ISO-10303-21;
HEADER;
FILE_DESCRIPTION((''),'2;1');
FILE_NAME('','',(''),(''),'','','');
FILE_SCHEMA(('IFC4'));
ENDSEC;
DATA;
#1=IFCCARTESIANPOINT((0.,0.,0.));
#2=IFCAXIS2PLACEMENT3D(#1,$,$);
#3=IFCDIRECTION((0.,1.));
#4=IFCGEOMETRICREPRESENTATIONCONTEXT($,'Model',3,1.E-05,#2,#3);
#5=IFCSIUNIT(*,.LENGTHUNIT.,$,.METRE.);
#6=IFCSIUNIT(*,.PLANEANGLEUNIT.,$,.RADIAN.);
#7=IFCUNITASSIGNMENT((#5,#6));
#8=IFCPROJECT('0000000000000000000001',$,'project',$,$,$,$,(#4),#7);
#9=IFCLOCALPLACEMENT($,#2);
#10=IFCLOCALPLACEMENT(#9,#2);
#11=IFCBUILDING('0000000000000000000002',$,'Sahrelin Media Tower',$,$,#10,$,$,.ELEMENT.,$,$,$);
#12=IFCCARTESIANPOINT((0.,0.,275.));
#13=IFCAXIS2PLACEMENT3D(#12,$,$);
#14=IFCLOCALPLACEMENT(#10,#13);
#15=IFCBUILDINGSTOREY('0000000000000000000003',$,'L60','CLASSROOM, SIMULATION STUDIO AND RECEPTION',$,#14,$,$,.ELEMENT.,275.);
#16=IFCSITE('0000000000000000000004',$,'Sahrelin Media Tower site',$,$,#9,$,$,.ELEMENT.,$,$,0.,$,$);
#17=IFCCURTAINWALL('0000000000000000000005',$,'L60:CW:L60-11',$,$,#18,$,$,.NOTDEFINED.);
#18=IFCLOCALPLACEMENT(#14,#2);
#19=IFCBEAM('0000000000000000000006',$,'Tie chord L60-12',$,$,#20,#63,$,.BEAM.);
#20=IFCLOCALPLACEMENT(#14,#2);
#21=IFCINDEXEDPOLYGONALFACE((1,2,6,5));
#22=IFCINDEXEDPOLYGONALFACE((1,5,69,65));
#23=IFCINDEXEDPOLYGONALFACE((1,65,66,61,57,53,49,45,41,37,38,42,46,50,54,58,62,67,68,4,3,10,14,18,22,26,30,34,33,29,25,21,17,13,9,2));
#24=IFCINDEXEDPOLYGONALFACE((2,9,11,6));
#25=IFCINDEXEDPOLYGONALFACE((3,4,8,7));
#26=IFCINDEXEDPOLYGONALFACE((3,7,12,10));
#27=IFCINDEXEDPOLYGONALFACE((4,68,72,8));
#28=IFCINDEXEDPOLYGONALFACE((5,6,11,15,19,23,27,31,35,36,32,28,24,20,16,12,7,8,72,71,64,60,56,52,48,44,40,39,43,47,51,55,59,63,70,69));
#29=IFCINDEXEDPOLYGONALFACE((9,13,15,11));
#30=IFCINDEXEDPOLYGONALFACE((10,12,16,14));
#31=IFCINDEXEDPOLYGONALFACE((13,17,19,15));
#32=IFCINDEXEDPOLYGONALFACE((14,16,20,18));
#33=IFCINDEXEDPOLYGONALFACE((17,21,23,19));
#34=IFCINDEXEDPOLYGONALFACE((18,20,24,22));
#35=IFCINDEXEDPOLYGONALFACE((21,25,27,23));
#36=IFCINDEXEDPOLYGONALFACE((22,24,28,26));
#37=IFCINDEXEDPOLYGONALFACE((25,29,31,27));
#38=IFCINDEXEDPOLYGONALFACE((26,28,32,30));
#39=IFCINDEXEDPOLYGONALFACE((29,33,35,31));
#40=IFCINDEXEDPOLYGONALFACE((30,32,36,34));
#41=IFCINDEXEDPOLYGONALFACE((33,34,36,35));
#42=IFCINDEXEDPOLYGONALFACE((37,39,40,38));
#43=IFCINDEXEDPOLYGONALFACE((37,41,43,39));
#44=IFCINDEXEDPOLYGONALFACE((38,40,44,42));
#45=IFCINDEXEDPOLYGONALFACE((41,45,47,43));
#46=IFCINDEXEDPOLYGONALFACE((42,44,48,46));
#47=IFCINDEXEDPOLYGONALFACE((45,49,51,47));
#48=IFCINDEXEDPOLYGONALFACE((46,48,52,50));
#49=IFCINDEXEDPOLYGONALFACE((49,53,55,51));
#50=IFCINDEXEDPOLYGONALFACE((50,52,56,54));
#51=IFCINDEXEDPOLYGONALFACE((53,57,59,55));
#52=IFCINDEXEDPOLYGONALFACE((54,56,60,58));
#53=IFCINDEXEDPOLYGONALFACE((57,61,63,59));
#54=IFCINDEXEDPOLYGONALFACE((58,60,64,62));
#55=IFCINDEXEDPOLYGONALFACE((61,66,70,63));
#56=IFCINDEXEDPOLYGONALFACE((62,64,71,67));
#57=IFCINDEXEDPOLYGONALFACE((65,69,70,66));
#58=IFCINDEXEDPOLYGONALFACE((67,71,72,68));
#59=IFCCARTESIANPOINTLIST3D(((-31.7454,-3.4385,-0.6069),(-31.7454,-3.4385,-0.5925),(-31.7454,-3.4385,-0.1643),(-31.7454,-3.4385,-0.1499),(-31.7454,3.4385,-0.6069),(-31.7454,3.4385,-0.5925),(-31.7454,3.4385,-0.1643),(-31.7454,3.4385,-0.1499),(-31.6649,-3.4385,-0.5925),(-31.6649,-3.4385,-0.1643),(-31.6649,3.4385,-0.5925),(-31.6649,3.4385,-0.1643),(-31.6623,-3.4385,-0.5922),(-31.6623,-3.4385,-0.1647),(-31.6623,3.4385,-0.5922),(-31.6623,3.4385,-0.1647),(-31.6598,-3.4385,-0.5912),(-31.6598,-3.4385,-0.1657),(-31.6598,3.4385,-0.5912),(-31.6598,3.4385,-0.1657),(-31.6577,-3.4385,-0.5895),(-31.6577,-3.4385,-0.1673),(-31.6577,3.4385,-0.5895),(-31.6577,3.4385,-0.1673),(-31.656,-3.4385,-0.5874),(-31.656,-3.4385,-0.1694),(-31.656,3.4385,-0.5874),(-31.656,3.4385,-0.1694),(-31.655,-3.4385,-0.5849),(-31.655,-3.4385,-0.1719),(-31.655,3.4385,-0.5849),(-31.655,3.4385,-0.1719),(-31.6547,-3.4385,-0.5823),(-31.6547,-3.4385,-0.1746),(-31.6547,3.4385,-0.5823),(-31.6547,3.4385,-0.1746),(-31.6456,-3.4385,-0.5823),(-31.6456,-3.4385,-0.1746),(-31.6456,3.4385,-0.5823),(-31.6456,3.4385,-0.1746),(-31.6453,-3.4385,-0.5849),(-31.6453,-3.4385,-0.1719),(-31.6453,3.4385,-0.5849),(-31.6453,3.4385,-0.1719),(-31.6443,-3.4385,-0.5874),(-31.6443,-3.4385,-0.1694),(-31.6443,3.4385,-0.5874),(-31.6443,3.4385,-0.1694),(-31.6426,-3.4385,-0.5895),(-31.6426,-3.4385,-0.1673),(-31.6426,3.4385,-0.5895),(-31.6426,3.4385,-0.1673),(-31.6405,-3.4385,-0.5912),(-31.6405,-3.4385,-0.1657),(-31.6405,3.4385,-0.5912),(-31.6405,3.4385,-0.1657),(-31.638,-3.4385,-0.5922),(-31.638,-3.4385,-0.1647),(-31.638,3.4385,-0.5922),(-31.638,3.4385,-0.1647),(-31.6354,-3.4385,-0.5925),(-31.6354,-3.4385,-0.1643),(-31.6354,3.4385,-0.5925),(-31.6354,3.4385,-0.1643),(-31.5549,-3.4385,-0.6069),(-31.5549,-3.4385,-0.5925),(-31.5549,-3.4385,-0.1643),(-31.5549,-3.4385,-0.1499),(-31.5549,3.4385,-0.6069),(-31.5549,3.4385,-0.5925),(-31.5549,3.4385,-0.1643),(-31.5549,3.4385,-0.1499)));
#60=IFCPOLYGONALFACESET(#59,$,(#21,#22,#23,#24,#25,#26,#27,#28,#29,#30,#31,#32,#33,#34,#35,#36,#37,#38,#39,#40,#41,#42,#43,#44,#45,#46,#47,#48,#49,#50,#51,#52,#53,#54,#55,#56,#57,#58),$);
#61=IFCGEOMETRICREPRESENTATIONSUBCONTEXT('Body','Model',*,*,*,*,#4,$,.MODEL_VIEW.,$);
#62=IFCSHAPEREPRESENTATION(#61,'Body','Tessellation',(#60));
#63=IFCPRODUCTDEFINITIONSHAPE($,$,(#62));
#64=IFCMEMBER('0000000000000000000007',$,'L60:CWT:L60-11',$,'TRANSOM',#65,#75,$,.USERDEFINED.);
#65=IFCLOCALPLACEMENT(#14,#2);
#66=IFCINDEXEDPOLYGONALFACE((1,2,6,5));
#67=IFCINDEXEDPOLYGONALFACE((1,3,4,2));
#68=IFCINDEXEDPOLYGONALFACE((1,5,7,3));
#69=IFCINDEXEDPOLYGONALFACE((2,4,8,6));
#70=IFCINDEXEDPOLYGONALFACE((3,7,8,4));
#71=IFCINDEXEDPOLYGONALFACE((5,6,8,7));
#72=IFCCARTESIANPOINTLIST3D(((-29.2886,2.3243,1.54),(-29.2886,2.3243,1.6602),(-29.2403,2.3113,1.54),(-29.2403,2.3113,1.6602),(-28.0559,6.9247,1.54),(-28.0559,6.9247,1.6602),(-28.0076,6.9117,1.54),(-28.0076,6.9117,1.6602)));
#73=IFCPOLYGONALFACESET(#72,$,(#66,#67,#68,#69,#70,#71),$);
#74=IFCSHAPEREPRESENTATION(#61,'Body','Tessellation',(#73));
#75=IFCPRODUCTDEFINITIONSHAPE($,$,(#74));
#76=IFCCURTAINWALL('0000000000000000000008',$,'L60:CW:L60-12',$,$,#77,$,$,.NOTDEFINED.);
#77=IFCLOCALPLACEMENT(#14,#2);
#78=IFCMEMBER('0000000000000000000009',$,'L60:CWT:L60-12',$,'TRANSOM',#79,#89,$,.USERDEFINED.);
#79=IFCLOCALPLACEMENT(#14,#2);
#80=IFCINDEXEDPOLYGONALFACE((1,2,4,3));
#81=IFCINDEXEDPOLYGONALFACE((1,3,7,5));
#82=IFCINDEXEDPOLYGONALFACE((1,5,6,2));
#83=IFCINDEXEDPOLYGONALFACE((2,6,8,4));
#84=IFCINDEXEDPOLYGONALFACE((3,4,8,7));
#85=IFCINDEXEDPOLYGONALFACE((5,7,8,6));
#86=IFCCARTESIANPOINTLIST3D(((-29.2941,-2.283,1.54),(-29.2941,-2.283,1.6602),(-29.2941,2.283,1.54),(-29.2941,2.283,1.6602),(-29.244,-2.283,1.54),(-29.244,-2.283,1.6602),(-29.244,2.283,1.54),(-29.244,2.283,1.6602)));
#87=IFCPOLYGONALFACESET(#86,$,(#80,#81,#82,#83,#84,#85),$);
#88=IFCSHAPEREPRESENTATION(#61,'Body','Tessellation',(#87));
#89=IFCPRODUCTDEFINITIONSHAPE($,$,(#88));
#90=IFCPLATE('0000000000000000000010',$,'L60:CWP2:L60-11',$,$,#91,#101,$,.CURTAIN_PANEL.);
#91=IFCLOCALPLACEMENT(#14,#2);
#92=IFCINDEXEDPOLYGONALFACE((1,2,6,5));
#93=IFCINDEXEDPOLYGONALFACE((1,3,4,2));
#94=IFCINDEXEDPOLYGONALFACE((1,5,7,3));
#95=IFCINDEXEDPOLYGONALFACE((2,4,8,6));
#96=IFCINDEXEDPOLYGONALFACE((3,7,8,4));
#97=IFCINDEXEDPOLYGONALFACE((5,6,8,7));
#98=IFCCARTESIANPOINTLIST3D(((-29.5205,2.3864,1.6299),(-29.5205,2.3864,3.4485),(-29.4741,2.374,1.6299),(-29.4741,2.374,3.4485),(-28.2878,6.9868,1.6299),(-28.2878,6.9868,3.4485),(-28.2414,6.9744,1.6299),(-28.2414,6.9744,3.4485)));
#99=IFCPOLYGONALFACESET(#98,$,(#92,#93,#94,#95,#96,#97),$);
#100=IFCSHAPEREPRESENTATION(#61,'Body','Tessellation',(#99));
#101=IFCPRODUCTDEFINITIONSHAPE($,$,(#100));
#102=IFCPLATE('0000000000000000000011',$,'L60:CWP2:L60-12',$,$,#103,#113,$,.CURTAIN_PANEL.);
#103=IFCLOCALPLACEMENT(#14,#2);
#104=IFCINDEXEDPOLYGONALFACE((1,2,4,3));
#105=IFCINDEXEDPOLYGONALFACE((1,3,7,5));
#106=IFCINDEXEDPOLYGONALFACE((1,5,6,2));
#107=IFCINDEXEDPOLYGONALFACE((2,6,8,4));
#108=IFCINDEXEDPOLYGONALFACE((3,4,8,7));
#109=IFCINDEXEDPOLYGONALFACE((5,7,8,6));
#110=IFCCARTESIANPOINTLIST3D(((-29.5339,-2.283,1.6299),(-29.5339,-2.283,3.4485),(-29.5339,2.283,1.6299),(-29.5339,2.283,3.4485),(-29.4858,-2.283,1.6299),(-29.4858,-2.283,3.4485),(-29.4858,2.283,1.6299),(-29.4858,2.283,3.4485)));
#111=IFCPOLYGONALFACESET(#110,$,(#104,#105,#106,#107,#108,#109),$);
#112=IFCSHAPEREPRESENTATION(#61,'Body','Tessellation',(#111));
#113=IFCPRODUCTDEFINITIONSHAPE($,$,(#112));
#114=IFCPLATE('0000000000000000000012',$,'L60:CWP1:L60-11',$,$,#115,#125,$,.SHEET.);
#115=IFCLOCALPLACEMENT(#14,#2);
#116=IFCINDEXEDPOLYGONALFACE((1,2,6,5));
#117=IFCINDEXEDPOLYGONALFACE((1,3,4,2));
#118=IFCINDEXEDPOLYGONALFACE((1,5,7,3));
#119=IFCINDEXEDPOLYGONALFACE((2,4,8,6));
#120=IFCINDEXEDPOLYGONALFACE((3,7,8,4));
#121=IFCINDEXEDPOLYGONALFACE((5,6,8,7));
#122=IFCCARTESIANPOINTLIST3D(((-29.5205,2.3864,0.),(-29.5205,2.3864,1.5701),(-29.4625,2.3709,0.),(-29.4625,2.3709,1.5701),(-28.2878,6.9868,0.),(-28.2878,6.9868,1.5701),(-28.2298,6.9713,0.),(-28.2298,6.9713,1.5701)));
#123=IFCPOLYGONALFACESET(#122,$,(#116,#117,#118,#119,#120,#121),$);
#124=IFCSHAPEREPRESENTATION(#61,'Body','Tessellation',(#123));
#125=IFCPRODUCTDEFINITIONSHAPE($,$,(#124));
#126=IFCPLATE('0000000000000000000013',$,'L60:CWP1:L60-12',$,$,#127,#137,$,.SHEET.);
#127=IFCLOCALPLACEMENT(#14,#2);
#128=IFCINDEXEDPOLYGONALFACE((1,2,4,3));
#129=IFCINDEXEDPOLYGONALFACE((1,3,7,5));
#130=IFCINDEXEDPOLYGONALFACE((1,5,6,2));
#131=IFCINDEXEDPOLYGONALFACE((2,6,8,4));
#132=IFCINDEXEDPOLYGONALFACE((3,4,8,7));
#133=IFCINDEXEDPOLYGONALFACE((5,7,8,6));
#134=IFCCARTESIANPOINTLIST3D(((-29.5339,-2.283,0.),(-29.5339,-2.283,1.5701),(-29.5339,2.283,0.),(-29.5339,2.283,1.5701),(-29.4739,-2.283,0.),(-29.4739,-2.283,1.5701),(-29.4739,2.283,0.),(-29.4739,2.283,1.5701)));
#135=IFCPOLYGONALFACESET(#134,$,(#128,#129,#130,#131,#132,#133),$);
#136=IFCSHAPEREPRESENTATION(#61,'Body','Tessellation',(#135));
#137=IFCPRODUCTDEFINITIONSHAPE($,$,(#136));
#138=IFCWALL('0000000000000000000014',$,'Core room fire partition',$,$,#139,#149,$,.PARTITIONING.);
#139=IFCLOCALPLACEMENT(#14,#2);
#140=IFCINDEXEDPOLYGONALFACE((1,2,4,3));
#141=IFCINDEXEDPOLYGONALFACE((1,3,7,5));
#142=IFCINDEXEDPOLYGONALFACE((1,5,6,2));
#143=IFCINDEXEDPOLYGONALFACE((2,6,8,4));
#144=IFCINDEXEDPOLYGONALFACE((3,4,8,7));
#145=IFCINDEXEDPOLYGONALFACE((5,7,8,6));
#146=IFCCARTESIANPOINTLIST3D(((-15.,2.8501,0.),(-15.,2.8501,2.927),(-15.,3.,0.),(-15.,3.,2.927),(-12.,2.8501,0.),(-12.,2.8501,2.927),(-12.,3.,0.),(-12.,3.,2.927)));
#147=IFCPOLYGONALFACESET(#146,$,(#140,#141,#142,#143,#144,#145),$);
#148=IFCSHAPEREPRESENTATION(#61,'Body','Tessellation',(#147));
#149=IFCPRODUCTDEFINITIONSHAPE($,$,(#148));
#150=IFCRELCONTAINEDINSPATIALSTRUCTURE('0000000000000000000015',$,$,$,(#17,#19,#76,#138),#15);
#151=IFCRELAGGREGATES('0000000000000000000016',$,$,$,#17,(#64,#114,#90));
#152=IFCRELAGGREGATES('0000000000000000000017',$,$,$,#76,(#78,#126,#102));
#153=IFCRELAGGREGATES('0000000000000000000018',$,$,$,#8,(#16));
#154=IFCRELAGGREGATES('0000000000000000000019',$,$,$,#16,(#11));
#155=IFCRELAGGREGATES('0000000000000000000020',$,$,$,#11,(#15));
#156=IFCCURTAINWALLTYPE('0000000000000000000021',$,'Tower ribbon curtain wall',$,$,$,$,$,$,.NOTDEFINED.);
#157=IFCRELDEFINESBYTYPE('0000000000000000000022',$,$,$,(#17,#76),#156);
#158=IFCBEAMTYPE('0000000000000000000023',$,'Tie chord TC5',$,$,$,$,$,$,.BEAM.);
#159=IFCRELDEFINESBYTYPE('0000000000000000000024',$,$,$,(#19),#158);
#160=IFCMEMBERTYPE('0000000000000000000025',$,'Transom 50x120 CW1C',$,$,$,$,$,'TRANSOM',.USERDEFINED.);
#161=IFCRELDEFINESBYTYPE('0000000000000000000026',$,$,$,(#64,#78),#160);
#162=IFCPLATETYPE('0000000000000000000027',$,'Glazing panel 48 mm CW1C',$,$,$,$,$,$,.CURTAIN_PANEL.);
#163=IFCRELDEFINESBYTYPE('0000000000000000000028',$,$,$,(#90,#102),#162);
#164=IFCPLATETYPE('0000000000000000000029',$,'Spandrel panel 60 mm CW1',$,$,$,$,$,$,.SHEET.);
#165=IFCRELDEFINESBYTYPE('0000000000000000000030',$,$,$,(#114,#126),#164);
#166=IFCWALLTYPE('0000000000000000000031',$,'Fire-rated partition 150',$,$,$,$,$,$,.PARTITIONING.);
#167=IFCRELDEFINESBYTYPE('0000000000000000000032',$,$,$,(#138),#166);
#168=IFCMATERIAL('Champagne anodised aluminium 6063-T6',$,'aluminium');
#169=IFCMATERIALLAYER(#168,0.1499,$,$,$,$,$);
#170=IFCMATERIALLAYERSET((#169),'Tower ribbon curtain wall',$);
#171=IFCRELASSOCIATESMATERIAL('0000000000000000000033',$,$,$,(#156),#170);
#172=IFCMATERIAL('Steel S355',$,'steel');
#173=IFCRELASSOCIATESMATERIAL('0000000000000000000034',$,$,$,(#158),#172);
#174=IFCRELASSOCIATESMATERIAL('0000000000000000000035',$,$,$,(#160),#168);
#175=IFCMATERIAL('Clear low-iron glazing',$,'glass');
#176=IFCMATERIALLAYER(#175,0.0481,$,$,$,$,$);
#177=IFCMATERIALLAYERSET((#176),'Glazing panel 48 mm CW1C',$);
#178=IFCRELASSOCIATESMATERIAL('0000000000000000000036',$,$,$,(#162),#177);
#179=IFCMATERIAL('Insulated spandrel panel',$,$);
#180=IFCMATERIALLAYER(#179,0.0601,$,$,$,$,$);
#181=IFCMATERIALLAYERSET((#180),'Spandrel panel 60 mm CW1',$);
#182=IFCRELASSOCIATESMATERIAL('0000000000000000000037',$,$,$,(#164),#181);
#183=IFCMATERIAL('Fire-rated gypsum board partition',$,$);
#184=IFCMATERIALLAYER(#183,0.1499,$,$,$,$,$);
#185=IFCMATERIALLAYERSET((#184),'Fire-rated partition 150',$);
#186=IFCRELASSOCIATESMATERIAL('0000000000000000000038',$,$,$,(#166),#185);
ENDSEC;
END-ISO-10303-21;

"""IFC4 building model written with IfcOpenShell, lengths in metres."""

from ifc_helpers import new_model, si_unit, direction, frame, frame_2d, origin, origin_2d, place, context, subcontext, project, spatial, polyline, rectangle, i_section, outline, extrude, material, layer, layer_set, material_profile, profile_set, type_object, element, aggregate, save


model = new_model("IFC4")

# Units and contexts
model_context = context("Model", 3, precision=1e-05, world=origin(), true_north=direction((0.0, 1.0)))
body_context = subcontext(model_context, "Body", "Model", "MODEL_VIEW")
ifc_project = project(units=[si_unit("LENGTHUNIT", "METRE"), si_unit("PLANEANGLEUNIT", "RADIAN")], contexts=[model_context])

# Site, building, storey
site_placement = place(None, origin())
site = spatial("IfcSite", under=ifc_project, at=site_placement, Name="Sahrelin Media Tower site", CompositionType="ELEMENT", RefElevation=0.0)
building_placement = place(site_placement, origin())
building = spatial("IfcBuilding", under=site, at=building_placement, Name="Sahrelin Media Tower", CompositionType="ELEMENT")
storey_placement = place(building_placement, frame((0.0, 0.0, 275.0)))
storey = spatial("IfcBuildingStorey", under=building, at=storey_placement, Name="L60", Description="CLASSROOM, SIMULATION STUDIO AND RECEPTION", CompositionType="ELEMENT", Elevation=275.0)

# Shared definitions
ifc_material_1 = material(Name="Steel S355", Category="steel")

# Curtain wall
ifc_material_2 = material(Name="Champagne anodised aluminium 6063-T6", Category="aluminium")
ifc_layer_1 = layer(ifc_material_2, 0.1499)
ifc_layer_set_1 = layer_set([ifc_layer_1], Name="Tower ribbon curtain wall")
curtain_wall_type = type_object("IfcCurtainWallType", Name="Tower ribbon curtain wall", PredefinedType="NOTDEFINED", material=ifc_layer_set_1)
curtain_wall_1_placement = place(storey_placement, frame((-28.8848, 4.6814, 0.0), z_axis=(0.0, 0.0, 1.0), x_axis=(1.0, 0.0, 0.0)))
curtain_wall_1 = element("IfcCurtainWall", 1, at=curtain_wall_1_placement, inside=storey, type_object=curtain_wall_type, Name="L60:CW:L60-11", PredefinedType="NOTDEFINED")

# Beam
ifc_material_profile_1 = material_profile(ifc_material_1, i_section(OverallWidth=0.1904, OverallDepth=0.457, WebThickness=0.009, FlangeThickness=0.0144, FilletRadius=0.0103, at=origin_2d()), Name="UB 457x191x74")
ifc_profile_set_1 = profile_set([ifc_material_profile_1], Name="Steel S355")
beam_type_1 = type_object("IfcBeamType", Name="Tie chord TC5", PredefinedType="BEAM", material=ifc_profile_set_1)
beam_1_placement = place(storey_placement, frame((-31.6501, 3.4385, -0.3784), z_axis=(0.0, -1.0, 0.0), x_axis=(1.0, 0.0, 0.0)))
element("IfcBeam", 2, at=beam_1_placement, inside=storey, type_object=beam_type_1, Name="Tie chord L60-12", PredefinedType="BEAM", context=body_context, shape_type="SweptSolid", body=[
    extrude(i_section(OverallWidth=0.1904, OverallDepth=0.457, WebThickness=0.009, FlangeThickness=0.0144, FilletRadius=0.0103, at=origin_2d()), origin(), (0.0, 0.0, 1.0), 6.877),
])

# Member
ifc_material_profile_2 = material_profile(ifc_material_2, rectangle(XDim=0.05, YDim=0.1201, at=origin_2d()), Name="Transom 50x120")
ifc_profile_set_2 = profile_set([ifc_material_profile_2], Name="Champagne anodised aluminium 6063-T6")
member_type_1 = type_object("IfcMemberType", Name="Transom 50x120 CW1C", ElementType="TRANSOM", PredefinedType="USERDEFINED", material=ifc_profile_set_2)
member_1_placement = place(storey_placement, frame((-28.0317, 6.9182, 1.6001), z_axis=(-0.258821, -0.965925, 0.0), x_axis=(0.965925, -0.258821, 0.0)))
member_1 = element("IfcMember", 3, at=member_1_placement, type_object=member_type_1, Name="L60:CWT:L60-11", ObjectType="TRANSOM", PredefinedType="USERDEFINED", context=body_context, shape_type="SweptSolid", body=[
    extrude(rectangle(XDim=0.05, YDim=0.1201, at=origin_2d()), origin(), (0.0, 0.0, 1.0), 4.7627),
])

# Curtain wall, member
curtain_wall_2_placement = place(storey_placement, frame((-29.5139, 0.0, 0.0), z_axis=(0.0, 0.0, 1.0), x_axis=(1.0, 0.0, 0.0)))
curtain_wall_2 = element("IfcCurtainWall", 4, at=curtain_wall_2_placement, inside=storey, type_object=curtain_wall_type, Name="L60:CW:L60-12", PredefinedType="NOTDEFINED")
member_2_placement = place(storey_placement, frame((-29.269, 2.283, 1.6001), z_axis=(0.0, -1.0, 0.0), x_axis=(1.0, 0.0, 0.0)))
member_2 = element("IfcMember", 5, at=member_2_placement, type_object=member_type_1, Name="L60:CWT:L60-12", ObjectType="TRANSOM", PredefinedType="USERDEFINED", context=body_context, shape_type="SweptSolid", body=[
    extrude(rectangle(XDim=0.05, YDim=0.1201, at=origin_2d()), origin(), (0.0, 0.0, 1.0), 4.5659),
])

# Plates
ifc_material_3 = material(Name="Clear low-iron glazing", Category="glass")
ifc_layer_2 = layer(ifc_material_3, 0.0481)
ifc_layer_set_2 = layer_set([ifc_layer_2], Name="Glazing panel 48 mm CW1C")
plate_type_1 = type_object("IfcPlateType", Name="Glazing panel 48 mm CW1C", PredefinedType="CURTAIN_PANEL", material=ifc_layer_set_2)
plate_1_placement = place(storey_placement, frame((-28.2878, 6.9868, 1.6299), z_axis=(-0.965925, 0.258821, 0.0), x_axis=(-0.258821, -0.965925, 0.0)))
plate_1 = element("IfcPlate", 6, at=plate_1_placement, type_object=plate_type_1, Name="L60:CWP2:L60-11", PredefinedType="CURTAIN_PANEL", context=body_context, shape_type="SweptSolid", body=[
    extrude(outline(polyline([(0.0, 0.0), (4.7627, 0.0), (4.7627, 1.8186), (0.0, 1.8186), (0.0, 0.0)])), origin(), (0.0, 0.0, -1.0), 0.0481),
])
plate_2_placement = place(storey_placement, frame((-29.5339, 2.283, 1.6299), z_axis=(-1.0, 0.0, 0.0), x_axis=(0.0, -1.0, 0.0)))
plate_2 = element("IfcPlate", 7, at=plate_2_placement, type_object=plate_type_1, Name="L60:CWP2:L60-12", PredefinedType="CURTAIN_PANEL", context=body_context, shape_type="SweptSolid", body=[
    extrude(outline(polyline([(0.0, 0.0), (4.5659, 0.0), (4.5659, 1.8186), (0.0, 1.8186), (0.0, 0.0)])), origin(), (0.0, 0.0, -1.0), 0.0481),
])
ifc_material_4 = material(Name="Insulated spandrel panel")
ifc_layer_3 = layer(ifc_material_4, 0.0601)
ifc_layer_set_3 = layer_set([ifc_layer_3], Name="Spandrel panel 60 mm CW1")
plate_type_2 = type_object("IfcPlateType", Name="Spandrel panel 60 mm CW1", PredefinedType="SHEET", material=ifc_layer_set_3)
plate_3_placement = place(storey_placement, frame((-28.2878, 6.9868, 0.0), z_axis=(-0.965925, 0.258821, 0.0), x_axis=(-0.258821, -0.965925, 0.0)))
plate_3 = element("IfcPlate", 8, at=plate_3_placement, type_object=plate_type_2, Name="L60:CWP1:L60-11", PredefinedType="SHEET", context=body_context, shape_type="SweptSolid", body=[
    extrude(outline(polyline([(0.0, 0.0), (4.7627, 0.0), (4.7627, 1.5701), (0.0, 1.5701), (0.0, 0.0)])), origin(), (0.0, 0.0, -1.0), 0.0601),
])
aggregate(curtain_wall_1, [member_1, plate_3, plate_1])
plate_4_placement = place(storey_placement, frame((-29.5339, 2.283, 0.0), z_axis=(-1.0, 0.0, 0.0), x_axis=(0.0, -1.0, 0.0)))
plate_4 = element("IfcPlate", 9, at=plate_4_placement, type_object=plate_type_2, Name="L60:CWP1:L60-12", PredefinedType="SHEET", context=body_context, shape_type="SweptSolid", body=[
    extrude(outline(polyline([(0.0, 0.0), (4.5659, 0.0), (4.5659, 1.5701), (0.0, 1.5701), (0.0, 0.0)])), origin(), (0.0, 0.0, -1.0), 0.0601),
])
aggregate(curtain_wall_2, [member_2, plate_4, plate_2])

# Wall
ifc_material_5 = material(Name="Fire-rated gypsum board partition")
ifc_layer_4 = layer(ifc_material_5, 0.1499)
ifc_layer_set_4 = layer_set([ifc_layer_4], Name="Fire-rated partition 150")
wall_type_1 = type_object("IfcWallType", Name="Fire-rated partition 150", PredefinedType="PARTITIONING", material=ifc_layer_set_4)
wall_1_placement = place(storey_placement, frame((-15.0, 2.925, 0.0), z_axis=(0.0, 0.0, 1.0), x_axis=(1.0, 0.0, 0.0)))
element("IfcWall", 10, at=wall_1_placement, inside=storey, type_object=wall_type_1, Name="Core room fire partition", PredefinedType="PARTITIONING", context=body_context, shape_type="SweptSolid", body=[
    extrude(rectangle(XDim=3.0, YDim=0.1499, at=frame_2d((1.5, 0.0))), origin(), (0.0, 0.0, 1.0), 2.927),
])

save(model, "model.ifc")
